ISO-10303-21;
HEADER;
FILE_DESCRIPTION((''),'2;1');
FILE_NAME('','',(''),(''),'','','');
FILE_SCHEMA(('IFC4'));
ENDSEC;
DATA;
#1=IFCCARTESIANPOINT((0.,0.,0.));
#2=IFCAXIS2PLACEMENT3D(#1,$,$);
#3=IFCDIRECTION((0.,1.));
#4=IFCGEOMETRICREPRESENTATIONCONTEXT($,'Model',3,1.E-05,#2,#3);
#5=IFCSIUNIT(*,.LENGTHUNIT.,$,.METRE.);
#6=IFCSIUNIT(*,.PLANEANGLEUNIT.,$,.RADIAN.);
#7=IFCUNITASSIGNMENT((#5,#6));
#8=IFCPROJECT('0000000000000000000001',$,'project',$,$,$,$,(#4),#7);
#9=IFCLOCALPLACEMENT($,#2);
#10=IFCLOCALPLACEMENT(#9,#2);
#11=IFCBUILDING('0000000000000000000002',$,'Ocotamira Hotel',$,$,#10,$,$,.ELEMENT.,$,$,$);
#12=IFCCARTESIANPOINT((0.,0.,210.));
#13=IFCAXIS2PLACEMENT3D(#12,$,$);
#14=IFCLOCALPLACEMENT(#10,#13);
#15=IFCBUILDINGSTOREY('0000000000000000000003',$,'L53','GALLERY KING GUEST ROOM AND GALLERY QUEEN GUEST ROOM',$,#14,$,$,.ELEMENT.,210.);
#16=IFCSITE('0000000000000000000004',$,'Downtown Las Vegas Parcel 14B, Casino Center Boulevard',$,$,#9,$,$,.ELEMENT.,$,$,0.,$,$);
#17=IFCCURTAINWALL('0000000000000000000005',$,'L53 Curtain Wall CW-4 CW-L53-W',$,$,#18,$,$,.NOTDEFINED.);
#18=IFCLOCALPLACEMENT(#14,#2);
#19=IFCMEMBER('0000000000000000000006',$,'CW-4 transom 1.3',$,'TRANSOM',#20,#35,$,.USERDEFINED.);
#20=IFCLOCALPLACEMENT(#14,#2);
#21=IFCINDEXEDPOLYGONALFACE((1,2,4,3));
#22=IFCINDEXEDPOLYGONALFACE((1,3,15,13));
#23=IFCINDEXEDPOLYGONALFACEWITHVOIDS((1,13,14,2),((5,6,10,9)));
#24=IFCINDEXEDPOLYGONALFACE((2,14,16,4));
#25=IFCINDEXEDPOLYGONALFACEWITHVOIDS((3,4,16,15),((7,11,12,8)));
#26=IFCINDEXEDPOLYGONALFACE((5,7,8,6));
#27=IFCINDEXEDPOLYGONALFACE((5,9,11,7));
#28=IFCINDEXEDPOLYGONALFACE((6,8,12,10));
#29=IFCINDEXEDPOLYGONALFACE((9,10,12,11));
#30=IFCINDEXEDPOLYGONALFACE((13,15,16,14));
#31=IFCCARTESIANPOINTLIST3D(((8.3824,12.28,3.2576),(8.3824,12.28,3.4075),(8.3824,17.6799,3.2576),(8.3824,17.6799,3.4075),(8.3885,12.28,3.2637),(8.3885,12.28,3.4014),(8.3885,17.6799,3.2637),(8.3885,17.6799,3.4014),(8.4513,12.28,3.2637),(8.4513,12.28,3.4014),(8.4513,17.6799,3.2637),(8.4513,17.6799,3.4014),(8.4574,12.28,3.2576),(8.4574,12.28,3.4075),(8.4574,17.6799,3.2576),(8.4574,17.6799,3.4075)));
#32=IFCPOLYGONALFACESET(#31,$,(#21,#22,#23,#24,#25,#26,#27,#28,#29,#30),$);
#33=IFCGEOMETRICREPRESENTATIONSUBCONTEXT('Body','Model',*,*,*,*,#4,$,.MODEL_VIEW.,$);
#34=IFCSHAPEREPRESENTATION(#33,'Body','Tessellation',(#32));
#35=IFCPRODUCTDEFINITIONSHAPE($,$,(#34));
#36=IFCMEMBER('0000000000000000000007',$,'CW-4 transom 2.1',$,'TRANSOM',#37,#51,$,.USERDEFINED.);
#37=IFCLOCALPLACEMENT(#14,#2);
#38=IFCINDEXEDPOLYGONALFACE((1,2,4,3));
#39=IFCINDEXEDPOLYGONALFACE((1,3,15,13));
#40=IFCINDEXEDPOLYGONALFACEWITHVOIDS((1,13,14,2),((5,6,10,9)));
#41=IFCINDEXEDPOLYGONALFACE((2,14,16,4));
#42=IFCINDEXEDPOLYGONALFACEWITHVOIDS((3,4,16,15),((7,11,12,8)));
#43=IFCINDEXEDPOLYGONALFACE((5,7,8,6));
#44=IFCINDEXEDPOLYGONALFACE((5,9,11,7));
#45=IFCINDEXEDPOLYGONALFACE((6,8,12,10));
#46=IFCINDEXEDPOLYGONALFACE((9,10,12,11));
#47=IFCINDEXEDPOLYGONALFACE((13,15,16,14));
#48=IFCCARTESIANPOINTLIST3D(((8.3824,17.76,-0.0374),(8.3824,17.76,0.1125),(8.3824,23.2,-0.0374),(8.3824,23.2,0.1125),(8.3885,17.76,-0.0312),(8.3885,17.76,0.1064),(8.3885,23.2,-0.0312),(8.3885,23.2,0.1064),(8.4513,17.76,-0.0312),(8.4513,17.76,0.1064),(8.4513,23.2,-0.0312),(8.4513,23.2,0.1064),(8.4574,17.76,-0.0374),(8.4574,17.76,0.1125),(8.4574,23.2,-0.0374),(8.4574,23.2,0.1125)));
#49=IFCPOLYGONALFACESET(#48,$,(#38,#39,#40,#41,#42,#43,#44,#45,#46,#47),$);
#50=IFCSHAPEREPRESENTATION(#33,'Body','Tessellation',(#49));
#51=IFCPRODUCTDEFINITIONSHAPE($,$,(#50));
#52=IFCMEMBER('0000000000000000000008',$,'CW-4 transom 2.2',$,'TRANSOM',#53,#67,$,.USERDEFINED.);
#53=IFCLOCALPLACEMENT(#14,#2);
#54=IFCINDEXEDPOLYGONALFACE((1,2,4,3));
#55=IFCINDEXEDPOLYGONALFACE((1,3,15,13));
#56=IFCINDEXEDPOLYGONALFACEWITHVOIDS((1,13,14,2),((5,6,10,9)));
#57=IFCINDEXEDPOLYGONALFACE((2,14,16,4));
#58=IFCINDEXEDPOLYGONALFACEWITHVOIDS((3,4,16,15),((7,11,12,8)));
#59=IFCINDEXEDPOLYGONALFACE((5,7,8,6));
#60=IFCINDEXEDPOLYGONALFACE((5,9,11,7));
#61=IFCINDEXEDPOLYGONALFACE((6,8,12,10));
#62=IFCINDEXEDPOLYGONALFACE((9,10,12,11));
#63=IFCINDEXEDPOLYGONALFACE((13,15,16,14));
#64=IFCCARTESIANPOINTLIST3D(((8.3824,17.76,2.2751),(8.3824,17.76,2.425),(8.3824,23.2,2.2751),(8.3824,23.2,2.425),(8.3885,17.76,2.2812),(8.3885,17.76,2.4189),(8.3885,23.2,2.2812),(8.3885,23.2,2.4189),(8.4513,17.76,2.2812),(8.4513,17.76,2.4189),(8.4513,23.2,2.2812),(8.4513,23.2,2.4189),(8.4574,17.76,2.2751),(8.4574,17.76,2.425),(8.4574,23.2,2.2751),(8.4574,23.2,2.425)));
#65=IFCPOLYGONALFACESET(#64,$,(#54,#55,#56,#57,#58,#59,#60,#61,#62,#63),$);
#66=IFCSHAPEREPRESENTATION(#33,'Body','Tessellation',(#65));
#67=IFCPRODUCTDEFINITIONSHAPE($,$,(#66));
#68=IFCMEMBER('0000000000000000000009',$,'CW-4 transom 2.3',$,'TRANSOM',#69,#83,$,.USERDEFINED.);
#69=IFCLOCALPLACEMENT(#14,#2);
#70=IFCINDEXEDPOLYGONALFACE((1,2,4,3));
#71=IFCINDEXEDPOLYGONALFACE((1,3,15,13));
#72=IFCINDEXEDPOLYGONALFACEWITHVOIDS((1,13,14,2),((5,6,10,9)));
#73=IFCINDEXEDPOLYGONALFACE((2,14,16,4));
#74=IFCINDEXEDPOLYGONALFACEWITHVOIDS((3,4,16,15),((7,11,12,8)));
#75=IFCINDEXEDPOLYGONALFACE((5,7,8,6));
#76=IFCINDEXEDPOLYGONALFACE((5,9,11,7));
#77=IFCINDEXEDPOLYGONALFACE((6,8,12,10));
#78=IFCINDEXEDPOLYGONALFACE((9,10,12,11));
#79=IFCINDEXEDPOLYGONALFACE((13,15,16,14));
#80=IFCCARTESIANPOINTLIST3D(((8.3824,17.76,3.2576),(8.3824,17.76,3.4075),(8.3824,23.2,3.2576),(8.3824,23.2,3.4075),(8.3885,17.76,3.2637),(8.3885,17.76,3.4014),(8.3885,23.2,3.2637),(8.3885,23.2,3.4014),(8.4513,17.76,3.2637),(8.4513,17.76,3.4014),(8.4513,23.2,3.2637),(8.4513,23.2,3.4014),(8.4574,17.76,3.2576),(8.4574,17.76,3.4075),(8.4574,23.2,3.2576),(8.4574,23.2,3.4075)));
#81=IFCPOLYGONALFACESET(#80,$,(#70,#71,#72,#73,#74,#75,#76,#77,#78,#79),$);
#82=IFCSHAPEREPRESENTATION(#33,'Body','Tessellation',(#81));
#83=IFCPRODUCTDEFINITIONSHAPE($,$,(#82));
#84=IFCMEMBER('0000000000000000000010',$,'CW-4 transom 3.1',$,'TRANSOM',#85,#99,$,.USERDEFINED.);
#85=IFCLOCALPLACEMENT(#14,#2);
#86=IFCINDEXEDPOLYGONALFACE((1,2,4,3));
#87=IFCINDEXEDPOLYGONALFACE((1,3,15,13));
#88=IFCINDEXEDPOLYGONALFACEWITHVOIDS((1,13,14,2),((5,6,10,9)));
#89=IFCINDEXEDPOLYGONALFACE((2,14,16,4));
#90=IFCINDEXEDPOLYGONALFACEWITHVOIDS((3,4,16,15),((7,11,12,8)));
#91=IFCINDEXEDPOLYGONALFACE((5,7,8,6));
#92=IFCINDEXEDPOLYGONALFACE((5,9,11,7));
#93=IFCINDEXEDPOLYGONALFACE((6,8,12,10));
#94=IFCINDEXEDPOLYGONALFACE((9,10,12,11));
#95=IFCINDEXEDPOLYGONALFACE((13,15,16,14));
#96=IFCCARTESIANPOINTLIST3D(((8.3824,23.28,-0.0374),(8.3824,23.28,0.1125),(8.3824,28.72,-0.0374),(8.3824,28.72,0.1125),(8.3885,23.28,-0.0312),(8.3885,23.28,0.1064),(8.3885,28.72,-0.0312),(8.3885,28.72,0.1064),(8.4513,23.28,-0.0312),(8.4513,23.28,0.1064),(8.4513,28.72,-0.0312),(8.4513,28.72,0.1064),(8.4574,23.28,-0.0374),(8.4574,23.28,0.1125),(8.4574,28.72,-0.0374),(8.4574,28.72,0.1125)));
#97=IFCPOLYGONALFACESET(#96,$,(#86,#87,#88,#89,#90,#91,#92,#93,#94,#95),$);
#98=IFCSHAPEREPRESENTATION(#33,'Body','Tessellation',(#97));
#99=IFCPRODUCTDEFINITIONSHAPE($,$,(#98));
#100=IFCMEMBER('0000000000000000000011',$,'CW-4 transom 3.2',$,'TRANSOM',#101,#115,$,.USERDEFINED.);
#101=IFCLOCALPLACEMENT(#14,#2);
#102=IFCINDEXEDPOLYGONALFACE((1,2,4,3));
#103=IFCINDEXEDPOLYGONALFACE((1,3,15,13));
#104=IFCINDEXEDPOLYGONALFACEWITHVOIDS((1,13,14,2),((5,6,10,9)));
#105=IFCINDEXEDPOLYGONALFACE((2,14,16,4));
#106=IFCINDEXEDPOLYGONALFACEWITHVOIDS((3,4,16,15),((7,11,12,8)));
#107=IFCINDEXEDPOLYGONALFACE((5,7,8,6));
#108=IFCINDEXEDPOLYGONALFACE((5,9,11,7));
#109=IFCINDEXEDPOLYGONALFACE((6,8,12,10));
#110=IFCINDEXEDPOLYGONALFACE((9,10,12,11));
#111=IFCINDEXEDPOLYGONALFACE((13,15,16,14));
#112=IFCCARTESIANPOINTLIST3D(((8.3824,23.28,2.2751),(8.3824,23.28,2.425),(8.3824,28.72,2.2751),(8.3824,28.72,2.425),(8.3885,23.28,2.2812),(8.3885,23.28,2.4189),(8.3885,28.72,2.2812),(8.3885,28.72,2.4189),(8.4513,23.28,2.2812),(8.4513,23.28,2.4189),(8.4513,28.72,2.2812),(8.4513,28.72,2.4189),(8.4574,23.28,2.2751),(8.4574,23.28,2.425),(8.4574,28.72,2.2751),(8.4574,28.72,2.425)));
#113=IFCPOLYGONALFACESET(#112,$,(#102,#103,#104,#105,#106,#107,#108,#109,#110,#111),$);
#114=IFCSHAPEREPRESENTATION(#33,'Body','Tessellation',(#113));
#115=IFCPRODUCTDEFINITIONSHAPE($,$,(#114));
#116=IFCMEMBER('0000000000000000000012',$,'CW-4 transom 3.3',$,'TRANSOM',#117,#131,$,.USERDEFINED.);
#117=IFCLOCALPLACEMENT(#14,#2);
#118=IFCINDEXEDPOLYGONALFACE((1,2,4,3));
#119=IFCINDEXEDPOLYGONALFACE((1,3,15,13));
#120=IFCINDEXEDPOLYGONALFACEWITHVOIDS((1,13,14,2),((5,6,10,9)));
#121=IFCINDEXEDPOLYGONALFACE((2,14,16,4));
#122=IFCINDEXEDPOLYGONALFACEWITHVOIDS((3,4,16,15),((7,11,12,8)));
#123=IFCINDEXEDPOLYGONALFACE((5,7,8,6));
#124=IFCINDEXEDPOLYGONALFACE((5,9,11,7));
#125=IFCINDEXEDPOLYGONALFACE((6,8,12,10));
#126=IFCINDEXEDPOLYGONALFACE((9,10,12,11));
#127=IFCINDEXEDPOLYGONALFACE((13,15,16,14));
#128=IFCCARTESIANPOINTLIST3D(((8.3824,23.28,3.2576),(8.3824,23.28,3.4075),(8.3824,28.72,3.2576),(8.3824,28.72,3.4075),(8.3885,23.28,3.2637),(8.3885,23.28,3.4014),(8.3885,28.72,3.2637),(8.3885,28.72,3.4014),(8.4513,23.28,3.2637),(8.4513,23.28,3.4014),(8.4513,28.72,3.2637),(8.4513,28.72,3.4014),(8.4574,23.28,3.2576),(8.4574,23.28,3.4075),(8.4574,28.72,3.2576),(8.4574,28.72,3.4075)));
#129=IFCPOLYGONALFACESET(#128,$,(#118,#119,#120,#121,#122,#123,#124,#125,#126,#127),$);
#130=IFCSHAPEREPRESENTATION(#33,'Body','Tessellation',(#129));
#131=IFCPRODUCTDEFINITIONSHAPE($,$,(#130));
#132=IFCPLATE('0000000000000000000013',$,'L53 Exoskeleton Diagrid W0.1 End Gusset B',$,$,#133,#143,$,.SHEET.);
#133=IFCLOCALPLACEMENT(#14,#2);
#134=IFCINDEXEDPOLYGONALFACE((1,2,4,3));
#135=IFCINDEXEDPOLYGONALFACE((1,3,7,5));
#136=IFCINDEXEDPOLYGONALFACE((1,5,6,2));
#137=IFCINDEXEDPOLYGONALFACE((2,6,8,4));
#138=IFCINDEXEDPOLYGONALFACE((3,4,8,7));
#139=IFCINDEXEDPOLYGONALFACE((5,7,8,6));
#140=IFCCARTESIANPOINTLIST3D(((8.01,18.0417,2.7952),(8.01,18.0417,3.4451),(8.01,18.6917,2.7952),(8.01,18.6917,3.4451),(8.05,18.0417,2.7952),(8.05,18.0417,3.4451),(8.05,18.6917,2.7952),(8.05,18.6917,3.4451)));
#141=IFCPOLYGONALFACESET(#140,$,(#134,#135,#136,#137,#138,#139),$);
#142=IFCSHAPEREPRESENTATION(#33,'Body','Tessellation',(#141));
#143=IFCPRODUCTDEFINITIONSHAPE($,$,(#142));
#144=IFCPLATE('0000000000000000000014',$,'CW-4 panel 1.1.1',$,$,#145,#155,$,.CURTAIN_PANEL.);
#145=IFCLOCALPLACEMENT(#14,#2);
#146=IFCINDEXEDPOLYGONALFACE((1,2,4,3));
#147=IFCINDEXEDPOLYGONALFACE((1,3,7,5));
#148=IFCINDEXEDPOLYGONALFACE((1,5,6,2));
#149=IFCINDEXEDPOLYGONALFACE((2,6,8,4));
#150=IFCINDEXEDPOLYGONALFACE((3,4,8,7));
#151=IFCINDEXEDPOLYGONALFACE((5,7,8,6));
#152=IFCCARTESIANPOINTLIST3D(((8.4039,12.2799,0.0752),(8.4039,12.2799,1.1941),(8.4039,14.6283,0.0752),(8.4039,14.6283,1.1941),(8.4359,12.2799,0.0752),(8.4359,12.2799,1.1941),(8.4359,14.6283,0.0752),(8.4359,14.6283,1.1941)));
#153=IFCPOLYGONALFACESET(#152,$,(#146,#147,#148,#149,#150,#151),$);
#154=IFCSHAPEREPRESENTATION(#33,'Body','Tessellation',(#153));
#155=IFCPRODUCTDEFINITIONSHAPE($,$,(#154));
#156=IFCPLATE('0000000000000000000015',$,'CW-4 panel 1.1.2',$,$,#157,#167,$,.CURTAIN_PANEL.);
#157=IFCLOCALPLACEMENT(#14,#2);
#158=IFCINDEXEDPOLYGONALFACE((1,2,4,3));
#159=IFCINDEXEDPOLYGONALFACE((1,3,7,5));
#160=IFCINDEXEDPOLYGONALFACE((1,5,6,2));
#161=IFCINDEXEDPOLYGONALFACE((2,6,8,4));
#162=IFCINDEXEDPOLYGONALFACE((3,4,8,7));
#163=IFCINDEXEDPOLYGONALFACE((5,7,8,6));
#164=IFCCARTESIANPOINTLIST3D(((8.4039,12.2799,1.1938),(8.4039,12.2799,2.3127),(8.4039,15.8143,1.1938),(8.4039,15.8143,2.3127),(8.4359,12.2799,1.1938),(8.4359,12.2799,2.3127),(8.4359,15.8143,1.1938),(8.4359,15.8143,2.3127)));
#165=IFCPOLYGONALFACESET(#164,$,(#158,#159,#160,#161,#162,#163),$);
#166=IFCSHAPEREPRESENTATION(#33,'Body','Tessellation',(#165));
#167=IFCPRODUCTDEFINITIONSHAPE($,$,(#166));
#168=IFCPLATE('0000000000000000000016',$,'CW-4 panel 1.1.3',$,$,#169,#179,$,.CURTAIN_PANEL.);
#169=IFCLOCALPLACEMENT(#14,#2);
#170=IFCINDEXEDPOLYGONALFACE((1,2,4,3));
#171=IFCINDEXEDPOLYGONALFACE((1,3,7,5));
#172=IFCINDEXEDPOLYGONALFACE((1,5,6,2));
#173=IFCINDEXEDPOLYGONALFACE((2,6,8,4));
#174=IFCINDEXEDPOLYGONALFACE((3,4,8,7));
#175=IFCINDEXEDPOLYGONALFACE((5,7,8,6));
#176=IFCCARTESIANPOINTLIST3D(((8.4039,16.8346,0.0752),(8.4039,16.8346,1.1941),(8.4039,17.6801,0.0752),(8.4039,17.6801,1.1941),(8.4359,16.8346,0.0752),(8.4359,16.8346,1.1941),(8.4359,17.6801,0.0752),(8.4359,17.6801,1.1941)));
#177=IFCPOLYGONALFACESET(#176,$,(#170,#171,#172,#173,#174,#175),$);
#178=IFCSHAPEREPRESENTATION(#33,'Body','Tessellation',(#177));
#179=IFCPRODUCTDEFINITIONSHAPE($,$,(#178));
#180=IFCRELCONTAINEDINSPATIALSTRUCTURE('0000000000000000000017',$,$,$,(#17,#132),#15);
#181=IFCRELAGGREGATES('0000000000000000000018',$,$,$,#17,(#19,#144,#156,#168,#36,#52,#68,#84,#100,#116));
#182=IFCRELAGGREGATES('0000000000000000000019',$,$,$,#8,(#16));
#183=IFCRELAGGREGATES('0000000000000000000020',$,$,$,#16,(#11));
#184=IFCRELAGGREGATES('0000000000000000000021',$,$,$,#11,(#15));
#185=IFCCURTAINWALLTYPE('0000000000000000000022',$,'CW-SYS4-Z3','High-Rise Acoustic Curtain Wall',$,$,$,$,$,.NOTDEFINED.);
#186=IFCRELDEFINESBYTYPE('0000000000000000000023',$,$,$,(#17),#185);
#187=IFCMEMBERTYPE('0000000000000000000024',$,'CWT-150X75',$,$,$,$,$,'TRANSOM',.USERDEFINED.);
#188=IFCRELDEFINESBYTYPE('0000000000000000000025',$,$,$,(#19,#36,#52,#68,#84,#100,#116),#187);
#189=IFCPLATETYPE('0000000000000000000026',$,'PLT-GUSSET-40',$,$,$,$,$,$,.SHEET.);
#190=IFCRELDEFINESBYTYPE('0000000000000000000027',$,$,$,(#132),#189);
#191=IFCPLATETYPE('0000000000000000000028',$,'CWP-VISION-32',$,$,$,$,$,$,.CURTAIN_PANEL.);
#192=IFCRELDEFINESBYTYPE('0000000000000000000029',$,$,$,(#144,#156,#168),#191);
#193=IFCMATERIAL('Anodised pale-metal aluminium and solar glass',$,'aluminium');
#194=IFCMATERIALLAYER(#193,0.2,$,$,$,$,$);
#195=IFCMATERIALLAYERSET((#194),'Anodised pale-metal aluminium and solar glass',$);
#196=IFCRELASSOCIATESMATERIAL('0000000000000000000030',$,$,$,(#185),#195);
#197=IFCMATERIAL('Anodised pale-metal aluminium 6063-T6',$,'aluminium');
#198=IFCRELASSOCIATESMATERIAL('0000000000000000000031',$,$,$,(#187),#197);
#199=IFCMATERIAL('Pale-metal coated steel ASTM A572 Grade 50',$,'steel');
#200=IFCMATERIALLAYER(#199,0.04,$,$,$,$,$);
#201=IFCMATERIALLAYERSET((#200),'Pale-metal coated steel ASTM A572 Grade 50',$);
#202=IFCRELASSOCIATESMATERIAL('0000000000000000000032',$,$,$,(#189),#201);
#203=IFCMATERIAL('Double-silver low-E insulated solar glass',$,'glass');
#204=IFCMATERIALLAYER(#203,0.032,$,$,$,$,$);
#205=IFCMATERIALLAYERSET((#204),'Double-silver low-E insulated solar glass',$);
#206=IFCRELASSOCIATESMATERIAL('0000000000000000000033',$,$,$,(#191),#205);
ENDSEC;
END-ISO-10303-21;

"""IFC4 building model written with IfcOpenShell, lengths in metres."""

from ifc_helpers import new_model, si_unit, direction, frame, origin, origin_2d, place, context, subcontext, project, spatial, rectangle, hollow_rectangle, extrude, source, transform, mapped, material, layer, layer_set, material_profile, profile_set, type_object, element, aggregate, save


model = new_model("IFC4")

# Units and contexts
model_context = context("Model", 3, precision=1e-05, world=origin(), true_north=direction((0.0, 1.0)))
body_context = subcontext(model_context, "Body", "Model", "MODEL_VIEW")
ifc_project = project(units=[si_unit("LENGTHUNIT", "METRE"), si_unit("PLANEANGLEUNIT", "RADIAN")], contexts=[model_context])

# Site, building, storey
site_placement = place(None, origin())
site = spatial("IfcSite", under=ifc_project, at=site_placement, Name="Downtown Las Vegas Parcel 14B, Casino Center Boulevard", CompositionType="ELEMENT", RefElevation=0.0)
building_placement = place(site_placement, origin())
building = spatial("IfcBuilding", under=site, at=building_placement, Name="Ocotamira Hotel", CompositionType="ELEMENT")
storey_placement = place(building_placement, frame((0.0, 0.0, 210.0)))
storey = spatial("IfcBuildingStorey", under=building, at=storey_placement, Name="L53", Description="GALLERY KING GUEST ROOM AND GALLERY QUEEN GUEST ROOM", CompositionType="ELEMENT", Elevation=210.0)

# Curtain wall, members
ifc_material_1 = material(Name="Anodised pale-metal aluminium and solar glass", Category="aluminium")
ifc_layer_1 = layer(ifc_material_1, 0.2)
ifc_layer_set_1 = layer_set([ifc_layer_1], Name="Anodised pale-metal aluminium and solar glass")
curtain_wall_type = type_object("IfcCurtainWallType", Name="CW-SYS4-Z3", Description="High-Rise Acoustic Curtain Wall", PredefinedType="NOTDEFINED", material=ifc_layer_set_1)
curtain_wall_placement = place(storey_placement, origin())
curtain_wall = element("IfcCurtainWall", 1, at=curtain_wall_placement, inside=storey, type_object=curtain_wall_type, Name="L53 Curtain Wall CW-4 CW-L53-W", PredefinedType="NOTDEFINED")
ifc_material_2 = material(Name="Anodised pale-metal aluminium 6063-T6", Category="aluminium")
ifc_material_profile_1 = material_profile(ifc_material_2, hollow_rectangle(XDim=0.075, YDim=0.1499, WallThickness=0.0061, at=origin_2d()), Name="HSS150X75X6")
ifc_profile_set_1 = profile_set([ifc_material_profile_1], Name="Anodised pale-metal aluminium 6063-T6")
member_type_1 = type_object("IfcMemberType", Name="CWT-150X75", ElementType="TRANSOM", PredefinedType="USERDEFINED", material=ifc_profile_set_1)
shared_shape_1 = source(origin(), body_context, "Body", "SweptSolid", [
    extrude(hollow_rectangle(XDim=0.075, YDim=0.1499, WallThickness=0.0061, at=origin_2d()), origin(), (0.0, 0.0, 1.0), 5.3999),
])
member_1_placement = place(storey_placement, frame((8.4199, 12.28, 3.3325), z_axis=(0.0, 1.0, 0.0), x_axis=(-1.0, 0.0, 0.0)))
member_1 = element("IfcMember", 2, at=member_1_placement, type_object=member_type_1, Name="CW-4 transom 1.3", ObjectType="TRANSOM", PredefinedType="USERDEFINED", context=body_context, shape_type="MappedRepresentation", body=[
    mapped(shared_shape_1, transform((0.0, 0.0, 0.0), scale=1.0)),
])
shared_shape_2 = source(origin(), body_context, "Body", "SweptSolid", [
    extrude(hollow_rectangle(XDim=0.075, YDim=0.1499, WallThickness=0.0061, at=origin_2d()), origin(), (0.0, 0.0, 1.0), 5.4399),
])
member_2_placement = place(storey_placement, frame((8.4199, 17.76, 0.0376), z_axis=(0.0, 1.0, 0.0), x_axis=(-1.0, 0.0, 0.0)))
member_2 = element("IfcMember", 3, at=member_2_placement, type_object=member_type_1, Name="CW-4 transom 2.1", ObjectType="TRANSOM", PredefinedType="USERDEFINED", context=body_context, shape_type="MappedRepresentation", body=[
    mapped(shared_shape_2, transform((0.0, 0.0, 0.0), scale=1.0)),
])
member_3_placement = place(storey_placement, frame((8.4199, 17.76, 2.3501), z_axis=(0.0, 1.0, 0.0), x_axis=(-1.0, 0.0, 0.0)))
member_3 = element("IfcMember", 4, at=member_3_placement, type_object=member_type_1, Name="CW-4 transom 2.2", ObjectType="TRANSOM", PredefinedType="USERDEFINED", context=body_context, shape_type="MappedRepresentation", body=[
    mapped(shared_shape_2, transform((0.0, 0.0, 0.0), scale=1.0)),
])
member_4_placement = place(storey_placement, frame((8.4199, 17.76, 3.3325), z_axis=(0.0, 1.0, 0.0), x_axis=(-1.0, 0.0, 0.0)))
member_4 = element("IfcMember", 5, at=member_4_placement, type_object=member_type_1, Name="CW-4 transom 2.3", ObjectType="TRANSOM", PredefinedType="USERDEFINED", context=body_context, shape_type="MappedRepresentation", body=[
    mapped(shared_shape_2, transform((0.0, 0.0, 0.0), scale=1.0)),
])
member_5_placement = place(storey_placement, frame((8.4199, 23.28, 0.0376), z_axis=(0.0, 1.0, 0.0), x_axis=(-1.0, 0.0, 0.0)))
member_5 = element("IfcMember", 6, at=member_5_placement, type_object=member_type_1, Name="CW-4 transom 3.1", ObjectType="TRANSOM", PredefinedType="USERDEFINED", context=body_context, shape_type="MappedRepresentation", body=[
    mapped(shared_shape_2, transform((0.0, 0.0, 0.0), scale=1.0)),
])
member_6_placement = place(storey_placement, frame((8.4199, 23.28, 2.3501), z_axis=(0.0, 1.0, 0.0), x_axis=(-1.0, 0.0, 0.0)))
member_6 = element("IfcMember", 7, at=member_6_placement, type_object=member_type_1, Name="CW-4 transom 3.2", ObjectType="TRANSOM", PredefinedType="USERDEFINED", context=body_context, shape_type="MappedRepresentation", body=[
    mapped(shared_shape_2, transform((0.0, 0.0, 0.0), scale=1.0)),
])
member_7_placement = place(storey_placement, frame((8.4199, 23.28, 3.3325), z_axis=(0.0, 1.0, 0.0), x_axis=(-1.0, 0.0, 0.0)))
member_7 = element("IfcMember", 8, at=member_7_placement, type_object=member_type_1, Name="CW-4 transom 3.3", ObjectType="TRANSOM", PredefinedType="USERDEFINED", context=body_context, shape_type="MappedRepresentation", body=[
    mapped(shared_shape_2, transform((0.0, 0.0, 0.0), scale=1.0)),
])

# Plates
ifc_material_3 = material(Name="Pale-metal coated steel ASTM A572 Grade 50", Category="steel")
ifc_layer_2 = layer(ifc_material_3, 0.04)
ifc_layer_set_2 = layer_set([ifc_layer_2], Name="Pale-metal coated steel ASTM A572 Grade 50")
plate_type_1 = type_object("IfcPlateType", Name="PLT-GUSSET-40", PredefinedType="SHEET", material=ifc_layer_set_2)
shared_shape_3 = source(origin(), body_context, "Body", "SweptSolid", [
    extrude(rectangle(XDim=0.04, YDim=0.6499, at=origin_2d()), origin(), (0.0, 0.0, 1.0), 0.6499),
])
plate_1_placement = place(storey_placement, frame((8.03, 18.3667, 2.7952), z_axis=(0.0, 0.0, 1.0), x_axis=(1.0, 0.0, 0.0)))
element("IfcPlate", 9, at=plate_1_placement, inside=storey, type_object=plate_type_1, Name="L53 Exoskeleton Diagrid W0.1 End Gusset B", PredefinedType="SHEET", context=body_context, shape_type="MappedRepresentation", body=[
    mapped(shared_shape_3, transform((0.0, 0.0, 0.0), scale=1.0)),
])
ifc_material_4 = material(Name="Double-silver low-E insulated solar glass", Category="glass")
ifc_layer_3 = layer(ifc_material_4, 0.032)
ifc_layer_set_3 = layer_set([ifc_layer_3], Name="Double-silver low-E insulated solar glass")
plate_type_2 = type_object("IfcPlateType", Name="CWP-VISION-32", PredefinedType="CURTAIN_PANEL", material=ifc_layer_set_3)
shared_shape_4 = source(origin(), body_context, "Body", "SweptSolid", [
    extrude(rectangle(XDim=2.3484, YDim=0.032, at=origin_2d()), origin(), (0.0, 0.0, 1.0), 1.1189),
])
plate_2_placement = place(storey_placement, frame((8.4199, 13.4541, 0.0752), z_axis=(0.0, 0.0, 1.0), x_axis=(0.0, 1.0, 0.0)))
plate_2 = element("IfcPlate", 10, at=plate_2_placement, type_object=plate_type_2, Name="CW-4 panel 1.1.1", PredefinedType="CURTAIN_PANEL", context=body_context, shape_type="MappedRepresentation", body=[
    mapped(shared_shape_4, transform((0.0, 0.0, 0.0), scale=1.0)),
])
shared_shape_5 = source(origin(), body_context, "Body", "SweptSolid", [
    extrude(rectangle(XDim=3.5344, YDim=0.032, at=origin_2d()), origin(), (0.0, 0.0, 1.0), 1.1189),
])
plate_3_placement = place(storey_placement, frame((8.4199, 14.0471, 1.1938), z_axis=(0.0, 0.0, 1.0), x_axis=(0.0, 1.0, 0.0)))
plate_3 = element("IfcPlate", 11, at=plate_3_placement, type_object=plate_type_2, Name="CW-4 panel 1.1.2", PredefinedType="CURTAIN_PANEL", context=body_context, shape_type="MappedRepresentation", body=[
    mapped(shared_shape_5, transform((0.0, 0.0, 0.0), scale=1.0)),
])
shared_shape_6 = source(origin(), body_context, "Body", "SweptSolid", [
    extrude(rectangle(XDim=0.8455, YDim=0.032, at=origin_2d()), origin(), (0.0, 0.0, 1.0), 1.1189),
])
plate_4_placement = place(storey_placement, frame((8.4199, 17.2573, 0.0752), z_axis=(0.0, 0.0, 1.0), x_axis=(0.0, 1.0, 0.0)))
plate_4 = element("IfcPlate", 12, at=plate_4_placement, type_object=plate_type_2, Name="CW-4 panel 1.1.3", PredefinedType="CURTAIN_PANEL", context=body_context, shape_type="MappedRepresentation", body=[
    mapped(shared_shape_6, transform((0.0, 0.0, 0.0), scale=1.0)),
])
aggregate(curtain_wall, [member_1, plate_2, plate_3, plate_4, member_2, member_3, member_4, member_5, member_6, member_7])

save(model, "model.ifc")
